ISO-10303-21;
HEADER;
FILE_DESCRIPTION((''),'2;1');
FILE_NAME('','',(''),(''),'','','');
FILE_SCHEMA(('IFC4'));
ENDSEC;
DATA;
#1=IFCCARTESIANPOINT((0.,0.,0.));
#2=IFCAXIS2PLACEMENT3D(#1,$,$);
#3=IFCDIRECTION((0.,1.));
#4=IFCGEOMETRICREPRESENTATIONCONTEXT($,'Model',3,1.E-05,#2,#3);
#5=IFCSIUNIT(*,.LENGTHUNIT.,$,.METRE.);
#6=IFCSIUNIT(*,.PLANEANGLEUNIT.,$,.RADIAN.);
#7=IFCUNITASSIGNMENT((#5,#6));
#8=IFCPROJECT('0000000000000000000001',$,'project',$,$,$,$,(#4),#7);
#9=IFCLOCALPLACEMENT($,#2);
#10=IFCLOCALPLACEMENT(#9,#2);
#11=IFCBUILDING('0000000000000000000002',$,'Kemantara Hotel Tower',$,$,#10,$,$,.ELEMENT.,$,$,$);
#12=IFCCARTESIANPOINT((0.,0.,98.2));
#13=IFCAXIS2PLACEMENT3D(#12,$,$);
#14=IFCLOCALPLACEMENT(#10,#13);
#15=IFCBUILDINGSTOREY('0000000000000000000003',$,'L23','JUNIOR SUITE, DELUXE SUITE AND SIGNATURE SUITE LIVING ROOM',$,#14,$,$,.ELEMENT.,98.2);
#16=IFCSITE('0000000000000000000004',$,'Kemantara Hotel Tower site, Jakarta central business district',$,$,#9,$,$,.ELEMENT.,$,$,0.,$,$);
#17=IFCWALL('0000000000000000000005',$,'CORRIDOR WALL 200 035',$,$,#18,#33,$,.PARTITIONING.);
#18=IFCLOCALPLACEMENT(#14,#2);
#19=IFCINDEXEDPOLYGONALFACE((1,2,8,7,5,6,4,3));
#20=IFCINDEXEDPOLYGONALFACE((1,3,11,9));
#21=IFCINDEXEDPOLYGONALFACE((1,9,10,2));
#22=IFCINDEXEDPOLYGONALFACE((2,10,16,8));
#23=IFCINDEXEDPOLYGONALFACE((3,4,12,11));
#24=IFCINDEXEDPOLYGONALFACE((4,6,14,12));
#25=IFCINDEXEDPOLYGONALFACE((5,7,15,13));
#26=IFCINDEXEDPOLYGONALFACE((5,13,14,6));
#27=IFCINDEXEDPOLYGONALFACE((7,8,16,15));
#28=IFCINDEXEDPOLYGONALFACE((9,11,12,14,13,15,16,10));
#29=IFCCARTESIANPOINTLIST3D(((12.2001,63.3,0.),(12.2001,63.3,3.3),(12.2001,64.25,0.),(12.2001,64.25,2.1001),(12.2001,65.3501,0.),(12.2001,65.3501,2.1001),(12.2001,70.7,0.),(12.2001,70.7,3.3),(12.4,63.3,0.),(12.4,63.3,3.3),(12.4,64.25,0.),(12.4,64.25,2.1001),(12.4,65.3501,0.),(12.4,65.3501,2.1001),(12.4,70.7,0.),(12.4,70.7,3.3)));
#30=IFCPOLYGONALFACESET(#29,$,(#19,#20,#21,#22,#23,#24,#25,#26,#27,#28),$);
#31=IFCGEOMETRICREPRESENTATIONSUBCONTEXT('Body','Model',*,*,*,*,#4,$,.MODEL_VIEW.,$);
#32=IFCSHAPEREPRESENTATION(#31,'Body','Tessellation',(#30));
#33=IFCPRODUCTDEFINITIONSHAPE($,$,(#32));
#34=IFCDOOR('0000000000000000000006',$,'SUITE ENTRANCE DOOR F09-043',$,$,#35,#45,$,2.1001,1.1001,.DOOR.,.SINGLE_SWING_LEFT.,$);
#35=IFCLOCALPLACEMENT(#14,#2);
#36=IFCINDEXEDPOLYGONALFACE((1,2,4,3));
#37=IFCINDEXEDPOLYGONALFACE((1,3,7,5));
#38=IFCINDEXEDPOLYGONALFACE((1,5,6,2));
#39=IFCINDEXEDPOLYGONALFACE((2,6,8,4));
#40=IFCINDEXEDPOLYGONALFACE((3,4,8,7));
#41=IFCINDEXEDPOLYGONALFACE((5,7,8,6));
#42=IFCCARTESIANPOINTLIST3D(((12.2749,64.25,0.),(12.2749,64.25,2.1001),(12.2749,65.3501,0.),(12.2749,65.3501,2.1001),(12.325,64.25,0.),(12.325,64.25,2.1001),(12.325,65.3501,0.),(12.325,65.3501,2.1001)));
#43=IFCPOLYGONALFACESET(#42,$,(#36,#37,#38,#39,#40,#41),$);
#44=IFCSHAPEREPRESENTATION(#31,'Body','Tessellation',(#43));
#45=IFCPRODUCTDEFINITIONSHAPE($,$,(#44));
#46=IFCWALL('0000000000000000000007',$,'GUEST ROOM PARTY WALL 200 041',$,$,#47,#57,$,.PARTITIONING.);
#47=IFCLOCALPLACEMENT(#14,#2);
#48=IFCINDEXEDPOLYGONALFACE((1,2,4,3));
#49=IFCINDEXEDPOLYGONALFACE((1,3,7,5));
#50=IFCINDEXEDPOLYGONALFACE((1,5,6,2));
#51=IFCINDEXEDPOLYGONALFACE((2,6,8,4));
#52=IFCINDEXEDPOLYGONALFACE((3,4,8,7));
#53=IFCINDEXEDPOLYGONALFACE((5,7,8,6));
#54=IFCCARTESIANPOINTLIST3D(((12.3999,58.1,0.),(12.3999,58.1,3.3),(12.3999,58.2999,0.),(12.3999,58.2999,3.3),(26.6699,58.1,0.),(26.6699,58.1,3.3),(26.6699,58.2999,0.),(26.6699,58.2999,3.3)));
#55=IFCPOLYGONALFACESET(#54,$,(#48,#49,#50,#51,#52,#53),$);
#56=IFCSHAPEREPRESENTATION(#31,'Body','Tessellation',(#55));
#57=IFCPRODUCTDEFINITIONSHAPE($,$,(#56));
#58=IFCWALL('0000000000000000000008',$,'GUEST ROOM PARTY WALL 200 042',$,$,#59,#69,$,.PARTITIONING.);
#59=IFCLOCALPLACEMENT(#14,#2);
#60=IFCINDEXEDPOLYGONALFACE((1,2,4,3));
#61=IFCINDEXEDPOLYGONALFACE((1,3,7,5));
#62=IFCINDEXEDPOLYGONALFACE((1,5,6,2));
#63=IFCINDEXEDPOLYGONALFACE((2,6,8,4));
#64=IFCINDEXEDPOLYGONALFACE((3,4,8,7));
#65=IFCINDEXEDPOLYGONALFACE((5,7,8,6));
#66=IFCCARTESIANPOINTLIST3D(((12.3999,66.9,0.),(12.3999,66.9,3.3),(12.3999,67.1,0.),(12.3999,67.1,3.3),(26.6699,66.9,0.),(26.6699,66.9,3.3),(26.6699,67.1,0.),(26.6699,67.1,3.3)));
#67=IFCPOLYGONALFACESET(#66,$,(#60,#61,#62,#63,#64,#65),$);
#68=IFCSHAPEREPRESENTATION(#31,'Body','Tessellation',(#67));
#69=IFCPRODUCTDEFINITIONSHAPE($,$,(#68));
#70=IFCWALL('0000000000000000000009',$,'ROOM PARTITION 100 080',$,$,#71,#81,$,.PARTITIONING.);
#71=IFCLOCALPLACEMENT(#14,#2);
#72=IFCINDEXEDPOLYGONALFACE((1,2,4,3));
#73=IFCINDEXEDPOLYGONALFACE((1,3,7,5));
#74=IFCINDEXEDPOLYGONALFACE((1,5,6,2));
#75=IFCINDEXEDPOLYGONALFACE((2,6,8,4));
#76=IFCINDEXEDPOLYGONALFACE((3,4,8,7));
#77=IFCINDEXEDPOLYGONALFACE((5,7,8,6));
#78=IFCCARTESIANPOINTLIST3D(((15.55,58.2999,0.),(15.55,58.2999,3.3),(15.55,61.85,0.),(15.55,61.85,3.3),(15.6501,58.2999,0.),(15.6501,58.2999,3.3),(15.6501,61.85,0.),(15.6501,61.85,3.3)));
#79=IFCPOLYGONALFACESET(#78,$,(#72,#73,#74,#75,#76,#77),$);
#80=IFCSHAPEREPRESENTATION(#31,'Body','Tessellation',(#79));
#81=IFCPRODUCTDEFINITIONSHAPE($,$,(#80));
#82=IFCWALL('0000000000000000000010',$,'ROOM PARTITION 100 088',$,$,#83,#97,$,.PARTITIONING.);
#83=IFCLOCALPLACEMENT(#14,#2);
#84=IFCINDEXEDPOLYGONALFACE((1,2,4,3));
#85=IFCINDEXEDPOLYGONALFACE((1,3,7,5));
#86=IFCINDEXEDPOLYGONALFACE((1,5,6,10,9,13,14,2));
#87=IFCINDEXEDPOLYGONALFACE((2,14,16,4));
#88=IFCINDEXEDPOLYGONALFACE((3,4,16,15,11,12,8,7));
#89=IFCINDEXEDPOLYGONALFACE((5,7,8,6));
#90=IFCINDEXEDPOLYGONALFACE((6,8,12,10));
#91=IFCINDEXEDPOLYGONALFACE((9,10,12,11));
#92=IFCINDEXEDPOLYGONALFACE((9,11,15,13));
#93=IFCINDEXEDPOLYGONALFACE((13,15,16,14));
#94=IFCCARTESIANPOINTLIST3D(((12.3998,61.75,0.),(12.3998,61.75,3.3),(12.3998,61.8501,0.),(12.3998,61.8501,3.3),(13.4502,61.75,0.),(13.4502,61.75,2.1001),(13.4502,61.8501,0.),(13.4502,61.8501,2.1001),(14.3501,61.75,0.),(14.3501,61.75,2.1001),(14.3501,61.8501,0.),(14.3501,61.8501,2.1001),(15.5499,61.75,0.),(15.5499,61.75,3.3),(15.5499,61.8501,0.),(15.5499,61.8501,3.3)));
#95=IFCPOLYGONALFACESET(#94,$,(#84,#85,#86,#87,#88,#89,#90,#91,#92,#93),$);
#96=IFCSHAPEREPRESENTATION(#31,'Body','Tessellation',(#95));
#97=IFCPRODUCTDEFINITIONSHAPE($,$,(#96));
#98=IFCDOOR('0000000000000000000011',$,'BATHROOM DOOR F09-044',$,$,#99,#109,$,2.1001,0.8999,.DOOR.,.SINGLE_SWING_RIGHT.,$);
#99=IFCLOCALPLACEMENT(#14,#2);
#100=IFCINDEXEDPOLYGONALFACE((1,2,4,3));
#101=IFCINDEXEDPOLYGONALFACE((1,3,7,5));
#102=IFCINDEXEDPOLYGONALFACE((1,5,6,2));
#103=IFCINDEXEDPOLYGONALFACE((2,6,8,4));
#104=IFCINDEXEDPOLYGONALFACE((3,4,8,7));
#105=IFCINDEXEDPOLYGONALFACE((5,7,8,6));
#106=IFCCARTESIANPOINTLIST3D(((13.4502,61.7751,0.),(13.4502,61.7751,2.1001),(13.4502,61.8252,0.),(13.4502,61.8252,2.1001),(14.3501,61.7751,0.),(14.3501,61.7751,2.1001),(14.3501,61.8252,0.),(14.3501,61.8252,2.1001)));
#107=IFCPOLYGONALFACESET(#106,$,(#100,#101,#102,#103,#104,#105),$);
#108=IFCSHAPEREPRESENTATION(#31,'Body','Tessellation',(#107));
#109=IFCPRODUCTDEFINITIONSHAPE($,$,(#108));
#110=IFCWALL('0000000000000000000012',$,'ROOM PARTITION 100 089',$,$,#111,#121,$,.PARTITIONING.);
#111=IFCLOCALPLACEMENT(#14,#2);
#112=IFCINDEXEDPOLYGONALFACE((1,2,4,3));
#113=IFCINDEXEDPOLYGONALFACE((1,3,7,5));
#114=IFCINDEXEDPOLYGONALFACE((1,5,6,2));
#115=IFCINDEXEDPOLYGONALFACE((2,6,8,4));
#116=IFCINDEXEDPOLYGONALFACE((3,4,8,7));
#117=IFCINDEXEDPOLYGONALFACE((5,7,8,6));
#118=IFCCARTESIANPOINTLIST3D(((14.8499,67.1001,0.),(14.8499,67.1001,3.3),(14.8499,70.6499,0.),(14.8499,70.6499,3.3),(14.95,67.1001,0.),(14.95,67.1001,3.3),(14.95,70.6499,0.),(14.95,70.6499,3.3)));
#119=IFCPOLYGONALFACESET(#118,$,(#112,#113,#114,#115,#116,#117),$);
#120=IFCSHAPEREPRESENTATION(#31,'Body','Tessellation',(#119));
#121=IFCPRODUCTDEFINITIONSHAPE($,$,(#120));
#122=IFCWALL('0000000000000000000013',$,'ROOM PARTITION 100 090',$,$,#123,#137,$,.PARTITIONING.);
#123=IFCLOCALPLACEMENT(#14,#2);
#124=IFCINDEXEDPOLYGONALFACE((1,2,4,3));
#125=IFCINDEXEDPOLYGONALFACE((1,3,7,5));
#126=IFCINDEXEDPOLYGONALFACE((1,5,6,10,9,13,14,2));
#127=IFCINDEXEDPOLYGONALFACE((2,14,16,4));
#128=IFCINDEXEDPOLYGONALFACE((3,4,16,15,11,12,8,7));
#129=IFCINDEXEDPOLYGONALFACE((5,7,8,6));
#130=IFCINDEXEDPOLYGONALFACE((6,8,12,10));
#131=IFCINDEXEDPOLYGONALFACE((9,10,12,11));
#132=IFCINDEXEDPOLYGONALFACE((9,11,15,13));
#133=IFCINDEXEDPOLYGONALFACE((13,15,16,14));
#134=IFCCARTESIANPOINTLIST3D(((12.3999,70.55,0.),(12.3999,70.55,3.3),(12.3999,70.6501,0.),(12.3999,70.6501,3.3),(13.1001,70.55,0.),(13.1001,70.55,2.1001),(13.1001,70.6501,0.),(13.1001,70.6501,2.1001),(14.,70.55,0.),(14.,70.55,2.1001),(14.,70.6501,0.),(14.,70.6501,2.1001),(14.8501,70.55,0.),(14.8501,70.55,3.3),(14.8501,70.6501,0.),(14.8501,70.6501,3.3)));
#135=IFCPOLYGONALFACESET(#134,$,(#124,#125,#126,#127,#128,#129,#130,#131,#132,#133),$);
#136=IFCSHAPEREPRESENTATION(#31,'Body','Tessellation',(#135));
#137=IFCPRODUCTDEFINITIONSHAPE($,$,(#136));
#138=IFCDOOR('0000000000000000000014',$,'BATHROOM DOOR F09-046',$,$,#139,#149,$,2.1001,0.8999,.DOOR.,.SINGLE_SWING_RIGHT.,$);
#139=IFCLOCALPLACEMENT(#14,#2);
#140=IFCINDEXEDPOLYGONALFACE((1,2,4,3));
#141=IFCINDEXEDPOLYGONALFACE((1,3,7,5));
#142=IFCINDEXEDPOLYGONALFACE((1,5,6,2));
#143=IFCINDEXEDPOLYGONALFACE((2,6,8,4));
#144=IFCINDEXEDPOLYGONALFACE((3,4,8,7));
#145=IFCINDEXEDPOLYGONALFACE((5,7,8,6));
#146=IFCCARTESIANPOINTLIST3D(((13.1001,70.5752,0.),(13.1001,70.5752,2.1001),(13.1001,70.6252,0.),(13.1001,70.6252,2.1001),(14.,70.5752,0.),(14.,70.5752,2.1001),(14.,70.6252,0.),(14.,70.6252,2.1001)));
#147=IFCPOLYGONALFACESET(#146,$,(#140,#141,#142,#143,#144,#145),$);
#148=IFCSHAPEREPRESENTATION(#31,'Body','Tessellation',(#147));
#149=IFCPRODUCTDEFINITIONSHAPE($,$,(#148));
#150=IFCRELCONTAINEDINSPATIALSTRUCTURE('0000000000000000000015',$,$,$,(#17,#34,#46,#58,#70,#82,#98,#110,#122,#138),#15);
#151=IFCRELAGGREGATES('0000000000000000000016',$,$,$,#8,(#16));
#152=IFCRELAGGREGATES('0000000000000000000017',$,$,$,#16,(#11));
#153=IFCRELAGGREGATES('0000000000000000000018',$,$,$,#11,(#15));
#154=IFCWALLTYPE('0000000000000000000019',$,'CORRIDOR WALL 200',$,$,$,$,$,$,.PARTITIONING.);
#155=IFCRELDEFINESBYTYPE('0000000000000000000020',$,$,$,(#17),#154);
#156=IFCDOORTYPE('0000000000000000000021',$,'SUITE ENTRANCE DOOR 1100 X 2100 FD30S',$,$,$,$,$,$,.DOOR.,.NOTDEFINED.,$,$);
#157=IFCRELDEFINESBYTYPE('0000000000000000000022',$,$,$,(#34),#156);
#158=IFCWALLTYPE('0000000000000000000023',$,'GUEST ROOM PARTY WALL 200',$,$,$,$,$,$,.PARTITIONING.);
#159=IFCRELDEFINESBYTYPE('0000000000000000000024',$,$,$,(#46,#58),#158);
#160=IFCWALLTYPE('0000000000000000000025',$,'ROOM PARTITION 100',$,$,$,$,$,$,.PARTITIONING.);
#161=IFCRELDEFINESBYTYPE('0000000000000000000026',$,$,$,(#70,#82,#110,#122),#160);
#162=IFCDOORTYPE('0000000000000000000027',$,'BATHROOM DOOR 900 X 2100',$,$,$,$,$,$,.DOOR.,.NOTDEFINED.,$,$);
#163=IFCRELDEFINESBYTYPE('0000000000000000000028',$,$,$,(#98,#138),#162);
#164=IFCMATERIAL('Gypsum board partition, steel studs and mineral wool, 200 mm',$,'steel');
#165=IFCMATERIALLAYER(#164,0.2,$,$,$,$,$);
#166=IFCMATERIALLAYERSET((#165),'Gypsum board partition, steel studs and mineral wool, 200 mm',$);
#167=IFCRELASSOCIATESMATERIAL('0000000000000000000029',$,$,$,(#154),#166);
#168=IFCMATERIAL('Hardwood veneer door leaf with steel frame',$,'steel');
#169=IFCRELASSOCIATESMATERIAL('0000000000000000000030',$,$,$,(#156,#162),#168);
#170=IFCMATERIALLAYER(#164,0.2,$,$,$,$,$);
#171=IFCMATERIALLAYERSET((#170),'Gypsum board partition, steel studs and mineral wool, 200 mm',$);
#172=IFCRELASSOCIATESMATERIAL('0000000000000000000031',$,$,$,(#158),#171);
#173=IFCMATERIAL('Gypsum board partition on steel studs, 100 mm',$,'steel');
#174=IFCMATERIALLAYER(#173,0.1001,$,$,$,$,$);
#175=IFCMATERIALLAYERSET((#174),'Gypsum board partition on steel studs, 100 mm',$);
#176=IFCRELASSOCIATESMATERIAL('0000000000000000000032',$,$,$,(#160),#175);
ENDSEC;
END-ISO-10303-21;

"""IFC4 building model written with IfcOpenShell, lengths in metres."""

from ifc_helpers import new_model, si_unit, direction, frame, frame_2d, origin, place, context, subcontext, project, spatial, rectangle, extrude, material, layer, layer_set, type_object, element, fill, save


model = new_model("IFC4")

# Units and contexts
model_context = context("Model", 3, precision=1e-05, world=origin(), true_north=direction((0.0, 1.0)))
body_context = subcontext(model_context, "Body", "Model", "MODEL_VIEW")
ifc_project = project(units=[si_unit("LENGTHUNIT", "METRE"), si_unit("PLANEANGLEUNIT", "RADIAN")], contexts=[model_context])

# Site, building, storey
site_placement = place(None, origin())
site = spatial("IfcSite", under=ifc_project, at=site_placement, Name="Kemantara Hotel Tower site, Jakarta central business district", CompositionType="ELEMENT", RefElevation=0.0)
building_placement = place(site_placement, origin())
building = spatial("IfcBuilding", under=site, at=building_placement, Name="Kemantara Hotel Tower", CompositionType="ELEMENT")
storey_placement = place(building_placement, frame((0.0, 0.0, 98.2)))
storey = spatial("IfcBuildingStorey", under=building, at=storey_placement, Name="L23", Description="JUNIOR SUITE, DELUXE SUITE AND SIGNATURE SUITE LIVING ROOM", CompositionType="ELEMENT", Elevation=98.2)

# Wall, opening, door
ifc_material_1 = material(Name="Gypsum board partition, steel studs and mineral wool, 200 mm", Category="steel")
ifc_layer_1 = layer(ifc_material_1, 0.2)
ifc_layer_set_1 = layer_set([ifc_layer_1], Name="Gypsum board partition, steel studs and mineral wool, 200 mm")
wall_type_1 = type_object("IfcWallType", Name="CORRIDOR WALL 200", PredefinedType="PARTITIONING", material=ifc_layer_set_1)
wall_1_placement = place(storey_placement, frame((12.3, 70.7, 0.0), z_axis=(0.0, 0.0, 1.0), x_axis=(0.0, -1.0, 0.0)))
wall_1 = element("IfcWall", 1, at=wall_1_placement, inside=storey, type_object=wall_type_1, Name="CORRIDOR WALL 200 035", PredefinedType="PARTITIONING", context=body_context, shape_type="SweptSolid", body=[
    extrude(rectangle(XDim=7.3999, YDim=0.2, at=frame_2d((3.7, 0.0))), origin(), (0.0, 0.0, 1.0), 3.3),
])
opening_1_placement = place(wall_1_placement, frame((5.3499, 0.0, 0.0)))
opening_1 = element("IfcOpeningElement", 2, at=opening_1_placement, cuts=wall_1, PredefinedType="OPENING", context=body_context, shape_type="SweptSolid", body=[
    extrude(rectangle(XDim=1.1001, YDim=2.1001, at=frame_2d((0.55, 1.05))), frame((0.0, 0.1099, 0.0), z_axis=(0.0, -1.0, 0.0), x_axis=(1.0, 0.0, 0.0)), (0.0, 0.0, 1.0), 0.22),
])
ifc_material_2 = material(Name="Hardwood veneer door leaf with steel frame", Category="steel")
door_type_1 = type_object("IfcDoorType", Name="SUITE ENTRANCE DOOR 1100 X 2100 FD30S", OperationType="NOTDEFINED", PredefinedType="DOOR", material=ifc_material_2)
door_1_placement = place(opening_1_placement, origin())
door_1 = element("IfcDoor", 3, at=door_1_placement, inside=storey, type_object=door_type_1, Name="SUITE ENTRANCE DOOR F09-043", OperationType="SINGLE_SWING_LEFT", OverallHeight=2.1001, OverallWidth=1.1001, PredefinedType="DOOR", context=body_context, shape_type="SweptSolid", body=[
    extrude(rectangle(XDim=1.1001, YDim=2.1001, at=frame_2d((0.55, 1.05))), frame((0.0, 0.0249, 0.0), z_axis=(0.0, -1.0, 0.0), x_axis=(1.0, 0.0, 0.0)), (0.0, 0.0, 1.0), 0.05),
])
fill(opening_1, door_1)

# Walls
ifc_layer_2 = layer(ifc_material_1, 0.2)
ifc_layer_set_2 = layer_set([ifc_layer_2], Name="Gypsum board partition, steel studs and mineral wool, 200 mm")
wall_type_2 = type_object("IfcWallType", Name="GUEST ROOM PARTY WALL 200", PredefinedType="PARTITIONING", material=ifc_layer_set_2)
for number, where, z_axis, x_axis, name in (
    (4, (12.3999, 58.2, 0.0), (0.0, 0.0, 1.0), (1.0, 0.0, 0.0), "GUEST ROOM PARTY WALL 200 041"),
    (5, (12.3999, 67.0, 0.0), (0.0, 0.0, 1.0), (1.0, 0.0, 0.0), "GUEST ROOM PARTY WALL 200 042"),
):
    element("IfcWall", number, at=place(storey_placement, frame(where, z_axis=z_axis, x_axis=x_axis)), inside=storey, type_object=wall_type_2, Name=name, PredefinedType="PARTITIONING", context=body_context, shape_type="SweptSolid", body=[
        extrude(rectangle(XDim=14.27, YDim=0.2, at=frame_2d((7.135, 0.0))), origin(), (0.0, 0.0, 1.0), 3.3),
    ])
ifc_material_3 = material(Name="Gypsum board partition on steel studs, 100 mm", Category="steel")
ifc_layer_3 = layer(ifc_material_3, 0.1001)
ifc_layer_set_3 = layer_set([ifc_layer_3], Name="Gypsum board partition on steel studs, 100 mm")
wall_type_3 = type_object("IfcWallType", Name="ROOM PARTITION 100", PredefinedType="PARTITIONING", material=ifc_layer_set_3)
wall_2_placement = place(storey_placement, frame((15.6001, 58.3, 0.0), z_axis=(0.0, 0.0, 1.0), x_axis=(0.0, 1.0, 0.0)))
element("IfcWall", 6, at=wall_2_placement, inside=storey, type_object=wall_type_3, Name="ROOM PARTITION 100 080", PredefinedType="PARTITIONING", context=body_context, shape_type="SweptSolid", body=[
    extrude(rectangle(XDim=3.55, YDim=0.1001, at=frame_2d((1.7749, 0.0))), origin(), (0.0, 0.0, 1.0), 3.3),
])

# Wall, opening, door
wall_3_placement = place(storey_placement, frame((15.55, 61.8, 0.0), z_axis=(0.0, 0.0, 1.0), x_axis=(-1.0, 0.0, 0.0)))
wall_3 = element("IfcWall", 7, at=wall_3_placement, inside=storey, type_object=wall_type_3, Name="ROOM PARTITION 100 088", PredefinedType="PARTITIONING", context=body_context, shape_type="SweptSolid", body=[
    extrude(rectangle(XDim=3.1501, YDim=0.1001, at=frame_2d((1.5752, 0.0))), origin(), (0.0, 0.0, 1.0), 3.3),
])
opening_2_placement = place(wall_3_placement, frame((1.2, 0.0, 0.0)))
opening_2 = element("IfcOpeningElement", 8, at=opening_2_placement, cuts=wall_3, PredefinedType="OPENING", context=body_context, shape_type="SweptSolid", body=[
    extrude(rectangle(XDim=0.8999, YDim=2.1001, at=frame_2d((0.45, 1.05))), frame((0.0, 0.0601, 0.0), z_axis=(0.0, -1.0, 0.0), x_axis=(1.0, 0.0, 0.0)), (0.0, 0.0, 1.0), 0.1201),
])
door_type_2 = type_object("IfcDoorType", Name="BATHROOM DOOR 900 X 2100", OperationType="NOTDEFINED", PredefinedType="DOOR", material=ifc_material_2)
door_2_placement = place(opening_2_placement, origin())
door_2 = element("IfcDoor", 9, at=door_2_placement, inside=storey, type_object=door_type_2, Name="BATHROOM DOOR F09-044", OperationType="SINGLE_SWING_RIGHT", OverallHeight=2.1001, OverallWidth=0.8999, PredefinedType="DOOR", context=body_context, shape_type="SweptSolid", body=[
    extrude(rectangle(XDim=0.8999, YDim=2.1001, at=frame_2d((0.45, 1.05))), frame((0.0, 0.0249, 0.0), z_axis=(0.0, -1.0, 0.0), x_axis=(1.0, 0.0, 0.0)), (0.0, 0.0, 1.0), 0.05),
])
fill(opening_2, door_2)

# Wall
wall_4_placement = place(storey_placement, frame((14.8999, 67.1001, 0.0), z_axis=(0.0, 0.0, 1.0), x_axis=(0.0, 1.0, 0.0)))
element("IfcWall", 10, at=wall_4_placement, inside=storey, type_object=wall_type_3, Name="ROOM PARTITION 100 089", PredefinedType="PARTITIONING", context=body_context, shape_type="SweptSolid", body=[
    extrude(rectangle(XDim=3.5498, YDim=0.1001, at=frame_2d((1.7749, 0.0))), origin(), (0.0, 0.0, 1.0), 3.3),
])

# Wall, opening, door
wall_5_placement = place(storey_placement, frame((14.8501, 70.6001, 0.0), z_axis=(0.0, 0.0, 1.0), x_axis=(-1.0, 0.0, 0.0)))
wall_5 = element("IfcWall", 11, at=wall_5_placement, inside=storey, type_object=wall_type_3, Name="ROOM PARTITION 100 090", PredefinedType="PARTITIONING", context=body_context, shape_type="SweptSolid", body=[
    extrude(rectangle(XDim=2.4502, YDim=0.1001, at=frame_2d((1.2251, 0.0))), origin(), (0.0, 0.0, 1.0), 3.3),
])
opening_3_placement = place(wall_5_placement, frame((0.8501, 0.0, 0.0)))
opening_3 = element("IfcOpeningElement", 12, at=opening_3_placement, cuts=wall_5, PredefinedType="OPENING", context=body_context, shape_type="SweptSolid", body=[
    extrude(rectangle(XDim=0.8999, YDim=2.1001, at=frame_2d((0.45, 1.05))), frame((0.0, 0.0601, 0.0), z_axis=(0.0, -1.0, 0.0), x_axis=(1.0, 0.0, 0.0)), (0.0, 0.0, 1.0), 0.1201),
])
door_3_placement = place(opening_3_placement, origin())
door_3 = element("IfcDoor", 13, at=door_3_placement, inside=storey, type_object=door_type_2, Name="BATHROOM DOOR F09-046", OperationType="SINGLE_SWING_RIGHT", OverallHeight=2.1001, OverallWidth=0.8999, PredefinedType="DOOR", context=body_context, shape_type="SweptSolid", body=[
    extrude(rectangle(XDim=0.8999, YDim=2.1001, at=frame_2d((0.45, 1.05))), frame((0.0, 0.0249, 0.0), z_axis=(0.0, -1.0, 0.0), x_axis=(1.0, 0.0, 0.0)), (0.0, 0.0, 1.0), 0.05),
])
fill(opening_3, door_3)

save(model, "model.ifc")
